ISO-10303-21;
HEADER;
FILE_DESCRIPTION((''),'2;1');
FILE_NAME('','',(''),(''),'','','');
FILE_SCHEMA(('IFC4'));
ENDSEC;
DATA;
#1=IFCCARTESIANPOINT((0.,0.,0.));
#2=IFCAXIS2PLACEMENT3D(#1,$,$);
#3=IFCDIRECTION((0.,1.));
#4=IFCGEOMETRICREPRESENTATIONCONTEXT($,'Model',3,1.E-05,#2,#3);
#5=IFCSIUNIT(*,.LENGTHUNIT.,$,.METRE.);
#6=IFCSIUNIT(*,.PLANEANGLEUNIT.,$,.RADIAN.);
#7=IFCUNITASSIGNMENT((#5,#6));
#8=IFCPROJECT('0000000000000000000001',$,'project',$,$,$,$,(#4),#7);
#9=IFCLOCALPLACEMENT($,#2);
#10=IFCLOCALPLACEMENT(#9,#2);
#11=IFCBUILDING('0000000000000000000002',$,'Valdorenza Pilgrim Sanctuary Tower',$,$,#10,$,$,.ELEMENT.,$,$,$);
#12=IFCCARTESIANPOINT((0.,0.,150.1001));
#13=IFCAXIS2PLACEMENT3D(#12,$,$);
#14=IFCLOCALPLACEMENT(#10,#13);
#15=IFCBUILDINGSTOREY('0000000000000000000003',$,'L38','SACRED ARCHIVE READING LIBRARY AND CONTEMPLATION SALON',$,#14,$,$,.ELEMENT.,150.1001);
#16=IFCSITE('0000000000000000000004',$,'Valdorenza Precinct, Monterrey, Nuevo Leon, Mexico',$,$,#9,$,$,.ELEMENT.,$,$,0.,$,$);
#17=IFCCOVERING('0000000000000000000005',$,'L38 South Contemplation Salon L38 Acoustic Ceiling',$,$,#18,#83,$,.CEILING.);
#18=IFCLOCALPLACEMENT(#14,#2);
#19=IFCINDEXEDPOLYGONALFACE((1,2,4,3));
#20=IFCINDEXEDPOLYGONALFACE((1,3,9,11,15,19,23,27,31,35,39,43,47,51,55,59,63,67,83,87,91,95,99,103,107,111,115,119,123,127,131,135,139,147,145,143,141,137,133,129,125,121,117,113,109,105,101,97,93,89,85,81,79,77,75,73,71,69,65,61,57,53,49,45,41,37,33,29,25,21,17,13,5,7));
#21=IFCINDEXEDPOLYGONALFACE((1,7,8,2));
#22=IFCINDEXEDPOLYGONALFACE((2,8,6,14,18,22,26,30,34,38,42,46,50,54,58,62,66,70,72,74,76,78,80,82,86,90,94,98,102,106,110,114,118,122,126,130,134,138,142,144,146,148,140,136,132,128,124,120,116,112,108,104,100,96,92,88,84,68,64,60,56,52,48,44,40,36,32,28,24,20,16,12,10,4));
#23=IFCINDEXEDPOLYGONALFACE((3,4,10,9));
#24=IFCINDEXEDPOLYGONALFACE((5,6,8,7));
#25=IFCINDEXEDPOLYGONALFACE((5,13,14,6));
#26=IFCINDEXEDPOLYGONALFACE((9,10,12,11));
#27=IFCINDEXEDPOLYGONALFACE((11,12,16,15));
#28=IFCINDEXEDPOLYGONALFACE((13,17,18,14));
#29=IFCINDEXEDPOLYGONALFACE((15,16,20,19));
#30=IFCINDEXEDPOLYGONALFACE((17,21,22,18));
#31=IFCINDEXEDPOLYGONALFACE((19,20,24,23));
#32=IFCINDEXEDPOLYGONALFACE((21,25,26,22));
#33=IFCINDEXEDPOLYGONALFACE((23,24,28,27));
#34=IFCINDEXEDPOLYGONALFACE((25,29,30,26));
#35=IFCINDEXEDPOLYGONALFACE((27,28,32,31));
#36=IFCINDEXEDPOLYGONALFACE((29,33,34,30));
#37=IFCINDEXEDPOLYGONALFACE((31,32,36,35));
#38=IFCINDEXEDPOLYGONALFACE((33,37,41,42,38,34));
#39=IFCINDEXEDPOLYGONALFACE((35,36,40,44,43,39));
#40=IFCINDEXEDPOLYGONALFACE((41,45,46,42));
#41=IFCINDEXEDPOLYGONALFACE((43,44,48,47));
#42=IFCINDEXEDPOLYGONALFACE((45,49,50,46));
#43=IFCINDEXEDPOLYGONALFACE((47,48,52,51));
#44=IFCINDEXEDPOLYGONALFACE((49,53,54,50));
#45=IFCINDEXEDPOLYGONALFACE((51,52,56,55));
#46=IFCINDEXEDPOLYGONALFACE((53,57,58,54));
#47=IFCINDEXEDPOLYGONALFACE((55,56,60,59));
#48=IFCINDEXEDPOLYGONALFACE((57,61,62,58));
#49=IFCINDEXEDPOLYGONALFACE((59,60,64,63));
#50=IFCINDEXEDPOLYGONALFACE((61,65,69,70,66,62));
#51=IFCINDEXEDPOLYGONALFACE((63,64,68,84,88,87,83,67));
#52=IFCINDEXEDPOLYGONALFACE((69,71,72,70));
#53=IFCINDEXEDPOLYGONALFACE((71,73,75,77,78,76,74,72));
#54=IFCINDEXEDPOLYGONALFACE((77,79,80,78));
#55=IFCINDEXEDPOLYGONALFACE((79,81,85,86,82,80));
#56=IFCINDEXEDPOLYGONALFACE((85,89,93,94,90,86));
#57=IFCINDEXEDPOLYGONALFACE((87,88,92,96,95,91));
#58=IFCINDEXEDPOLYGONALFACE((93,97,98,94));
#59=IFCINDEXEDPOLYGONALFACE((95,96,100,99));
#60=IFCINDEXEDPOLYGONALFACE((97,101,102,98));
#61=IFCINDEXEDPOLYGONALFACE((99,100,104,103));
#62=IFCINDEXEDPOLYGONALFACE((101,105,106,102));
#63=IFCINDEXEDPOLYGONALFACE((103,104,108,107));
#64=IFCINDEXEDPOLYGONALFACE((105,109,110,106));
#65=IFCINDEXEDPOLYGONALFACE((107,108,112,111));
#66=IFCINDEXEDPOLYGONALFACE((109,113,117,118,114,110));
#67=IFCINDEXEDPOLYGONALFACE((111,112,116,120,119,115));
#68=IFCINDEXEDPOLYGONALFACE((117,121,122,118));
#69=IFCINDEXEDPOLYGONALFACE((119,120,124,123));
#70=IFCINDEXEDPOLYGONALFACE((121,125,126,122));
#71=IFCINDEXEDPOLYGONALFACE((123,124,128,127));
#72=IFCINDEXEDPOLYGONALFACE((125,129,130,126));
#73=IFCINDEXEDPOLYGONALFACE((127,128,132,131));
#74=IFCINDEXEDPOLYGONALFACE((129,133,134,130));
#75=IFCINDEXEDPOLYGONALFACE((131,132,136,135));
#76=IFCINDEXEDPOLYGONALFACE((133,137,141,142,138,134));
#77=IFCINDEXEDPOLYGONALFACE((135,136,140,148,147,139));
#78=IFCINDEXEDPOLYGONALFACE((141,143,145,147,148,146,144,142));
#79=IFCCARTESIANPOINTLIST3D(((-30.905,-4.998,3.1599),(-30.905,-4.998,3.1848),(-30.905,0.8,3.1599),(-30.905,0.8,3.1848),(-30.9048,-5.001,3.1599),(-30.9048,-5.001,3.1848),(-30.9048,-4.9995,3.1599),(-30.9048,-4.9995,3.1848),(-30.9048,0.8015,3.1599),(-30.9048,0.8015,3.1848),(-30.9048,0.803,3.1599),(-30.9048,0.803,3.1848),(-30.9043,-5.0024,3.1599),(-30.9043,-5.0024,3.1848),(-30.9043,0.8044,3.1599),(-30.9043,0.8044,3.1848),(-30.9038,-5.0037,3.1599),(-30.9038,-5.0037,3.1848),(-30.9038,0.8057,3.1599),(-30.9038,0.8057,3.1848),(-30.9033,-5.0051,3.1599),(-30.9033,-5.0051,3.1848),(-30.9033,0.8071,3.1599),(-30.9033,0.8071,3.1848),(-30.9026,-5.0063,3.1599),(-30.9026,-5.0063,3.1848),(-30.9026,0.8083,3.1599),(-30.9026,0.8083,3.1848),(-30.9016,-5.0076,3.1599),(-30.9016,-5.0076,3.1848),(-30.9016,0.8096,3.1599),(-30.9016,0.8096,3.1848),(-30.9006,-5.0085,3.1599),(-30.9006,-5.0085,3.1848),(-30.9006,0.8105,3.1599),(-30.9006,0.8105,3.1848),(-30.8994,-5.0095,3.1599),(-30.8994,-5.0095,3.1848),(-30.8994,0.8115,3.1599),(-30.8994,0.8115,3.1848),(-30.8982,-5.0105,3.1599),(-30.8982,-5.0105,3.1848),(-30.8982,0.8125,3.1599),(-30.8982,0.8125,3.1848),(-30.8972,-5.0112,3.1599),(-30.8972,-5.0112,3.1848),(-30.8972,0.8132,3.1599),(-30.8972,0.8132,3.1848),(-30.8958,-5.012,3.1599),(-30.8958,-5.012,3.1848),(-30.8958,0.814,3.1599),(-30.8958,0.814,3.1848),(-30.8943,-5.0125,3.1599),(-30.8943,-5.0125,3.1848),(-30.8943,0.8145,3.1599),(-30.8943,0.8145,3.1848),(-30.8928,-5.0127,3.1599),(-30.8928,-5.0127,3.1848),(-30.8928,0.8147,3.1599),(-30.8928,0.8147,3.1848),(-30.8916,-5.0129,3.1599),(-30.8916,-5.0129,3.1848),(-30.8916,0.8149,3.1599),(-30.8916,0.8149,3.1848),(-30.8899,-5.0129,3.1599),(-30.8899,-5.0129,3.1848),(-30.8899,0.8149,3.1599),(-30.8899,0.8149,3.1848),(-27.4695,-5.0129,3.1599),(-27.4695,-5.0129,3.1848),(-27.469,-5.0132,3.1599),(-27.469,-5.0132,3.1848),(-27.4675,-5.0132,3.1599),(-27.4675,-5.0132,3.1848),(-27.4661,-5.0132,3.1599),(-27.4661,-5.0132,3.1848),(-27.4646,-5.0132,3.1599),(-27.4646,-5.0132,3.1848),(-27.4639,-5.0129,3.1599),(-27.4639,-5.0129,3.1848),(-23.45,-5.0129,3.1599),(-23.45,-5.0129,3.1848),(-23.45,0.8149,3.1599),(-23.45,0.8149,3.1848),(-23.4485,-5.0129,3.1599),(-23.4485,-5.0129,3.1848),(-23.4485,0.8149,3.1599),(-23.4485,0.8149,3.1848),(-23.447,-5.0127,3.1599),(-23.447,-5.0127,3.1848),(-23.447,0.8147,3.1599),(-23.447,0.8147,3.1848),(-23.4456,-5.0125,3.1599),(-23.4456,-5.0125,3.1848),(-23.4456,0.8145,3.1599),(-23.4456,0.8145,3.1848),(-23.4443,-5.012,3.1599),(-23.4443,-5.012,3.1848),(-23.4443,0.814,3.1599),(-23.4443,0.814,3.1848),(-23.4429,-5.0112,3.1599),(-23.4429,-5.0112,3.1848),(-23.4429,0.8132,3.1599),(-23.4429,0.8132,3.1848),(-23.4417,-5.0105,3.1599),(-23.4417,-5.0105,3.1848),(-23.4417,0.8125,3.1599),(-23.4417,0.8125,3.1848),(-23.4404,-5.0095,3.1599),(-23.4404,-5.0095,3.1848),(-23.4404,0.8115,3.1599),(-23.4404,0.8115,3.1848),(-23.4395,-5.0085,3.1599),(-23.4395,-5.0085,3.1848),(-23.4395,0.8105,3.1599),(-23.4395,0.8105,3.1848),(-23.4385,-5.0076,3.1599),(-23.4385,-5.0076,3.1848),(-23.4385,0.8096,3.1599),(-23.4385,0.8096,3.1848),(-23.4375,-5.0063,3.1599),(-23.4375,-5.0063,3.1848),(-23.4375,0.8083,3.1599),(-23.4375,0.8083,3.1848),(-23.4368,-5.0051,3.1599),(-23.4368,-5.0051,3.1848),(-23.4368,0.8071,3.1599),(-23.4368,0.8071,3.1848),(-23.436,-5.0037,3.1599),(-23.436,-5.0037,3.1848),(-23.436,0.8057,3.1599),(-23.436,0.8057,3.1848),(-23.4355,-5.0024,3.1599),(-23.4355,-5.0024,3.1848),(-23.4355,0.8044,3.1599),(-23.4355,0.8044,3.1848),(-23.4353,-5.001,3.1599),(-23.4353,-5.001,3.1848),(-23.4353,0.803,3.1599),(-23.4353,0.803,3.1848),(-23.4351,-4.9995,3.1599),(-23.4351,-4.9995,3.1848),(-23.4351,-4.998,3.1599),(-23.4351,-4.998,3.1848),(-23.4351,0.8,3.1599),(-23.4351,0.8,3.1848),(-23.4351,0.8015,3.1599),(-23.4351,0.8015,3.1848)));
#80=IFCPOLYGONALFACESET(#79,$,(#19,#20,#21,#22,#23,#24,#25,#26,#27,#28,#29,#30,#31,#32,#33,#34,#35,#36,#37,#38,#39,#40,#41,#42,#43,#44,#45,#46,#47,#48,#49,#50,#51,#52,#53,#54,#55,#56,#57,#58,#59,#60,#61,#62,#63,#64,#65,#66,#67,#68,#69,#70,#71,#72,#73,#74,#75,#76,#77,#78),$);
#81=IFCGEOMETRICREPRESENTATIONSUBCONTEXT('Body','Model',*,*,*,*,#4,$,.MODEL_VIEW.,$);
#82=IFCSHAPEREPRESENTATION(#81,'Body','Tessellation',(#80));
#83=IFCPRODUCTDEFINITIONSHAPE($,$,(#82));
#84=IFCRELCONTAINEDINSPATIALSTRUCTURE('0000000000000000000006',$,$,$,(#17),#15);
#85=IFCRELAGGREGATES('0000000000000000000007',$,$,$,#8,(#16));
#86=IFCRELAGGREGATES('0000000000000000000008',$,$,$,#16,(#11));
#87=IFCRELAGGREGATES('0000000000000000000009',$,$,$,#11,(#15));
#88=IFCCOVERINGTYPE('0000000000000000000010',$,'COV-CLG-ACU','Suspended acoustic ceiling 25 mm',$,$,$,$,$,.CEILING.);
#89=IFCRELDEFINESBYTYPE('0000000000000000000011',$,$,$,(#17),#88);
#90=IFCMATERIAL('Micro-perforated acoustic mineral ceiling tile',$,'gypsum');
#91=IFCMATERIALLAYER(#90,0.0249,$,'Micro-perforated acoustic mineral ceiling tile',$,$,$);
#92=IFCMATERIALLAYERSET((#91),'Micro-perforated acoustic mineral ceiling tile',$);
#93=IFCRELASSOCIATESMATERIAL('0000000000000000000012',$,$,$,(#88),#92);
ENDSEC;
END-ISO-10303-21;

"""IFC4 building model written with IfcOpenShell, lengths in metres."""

from ifc_helpers import new_model, si_unit, direction, frame, origin, place, context, subcontext, project, spatial, polyline, outline, extrude, material, layer, layer_set, type_object, element, save


model = new_model("IFC4")

# Units and contexts
model_context = context("Model", 3, precision=1e-05, world=origin(), true_north=direction((0.0, 1.0)))
body_context = subcontext(model_context, "Body", "Model", "MODEL_VIEW")
ifc_project = project(units=[si_unit("LENGTHUNIT", "METRE"), si_unit("PLANEANGLEUNIT", "RADIAN")], contexts=[model_context])

# Site, building, storey
site_placement = place(None, origin())
site = spatial("IfcSite", under=ifc_project, at=site_placement, Name="Valdorenza Precinct, Monterrey, Nuevo Leon, Mexico", CompositionType="ELEMENT", RefElevation=0.0)
building_placement = place(site_placement, origin())
building = spatial("IfcBuilding", under=site, at=building_placement, Name="Valdorenza Pilgrim Sanctuary Tower", CompositionType="ELEMENT")
storey_placement = place(building_placement, frame((0.0, 0.0, 150.1001)))
storey = spatial("IfcBuildingStorey", under=building, at=storey_placement, Name="L38", Description="SACRED ARCHIVE READING LIBRARY AND CONTEMPLATION SALON", CompositionType="ELEMENT", Elevation=150.1001)

# Covering
ifc_material_1 = material(Name="Micro-perforated acoustic mineral ceiling tile", Category="gypsum")
ifc_layer_1 = layer(ifc_material_1, 0.0249, Name="Micro-perforated acoustic mineral ceiling tile")
ifc_layer_set_1 = layer_set([ifc_layer_1], Name="Micro-perforated acoustic mineral ceiling tile")
covering_type_1 = type_object("IfcCoveringType", Name="COV-CLG-ACU", Description="Suspended acoustic ceiling 25 mm", PredefinedType="CEILING", material=ifc_layer_set_1)
covering_1_placement = place(storey_placement, frame((0.0, 0.0, 3.1599)))
element("IfcCovering", 1, at=covering_1_placement, inside=storey, type_object=covering_type_1, Name="L38 South Contemplation Salon L38 Acoustic Ceiling", PredefinedType="CEILING", context=body_context, shape_type="SweptSolid", body=[
    extrude(outline(polyline([(-27.4695, -5.0129), (-30.8899, -5.0129), (-30.8916, -5.0129), (-30.8928, -5.0127), (-30.8943, -5.0125), (-30.8958, -5.012), (-30.8972, -5.0112), (-30.8982, -5.0105), (-30.8994, -5.0095), (-30.9006, -5.0085), (-30.9016, -5.0076), (-30.9026, -5.0063), (-30.9033, -5.0051), (-30.9038, -5.0037), (-30.9043, -5.0024), (-30.9048, -5.001), (-30.9048, -4.9995), (-30.905, -4.998), (-30.905, 0.8), (-30.9048, 0.8015), (-30.9048, 0.803), (-30.9043, 0.8044), (-30.9038, 0.8057), (-30.9033, 0.8071), (-30.9026, 0.8083), (-30.9016, 0.8096), (-30.9006, 0.8105), (-30.8994, 0.8115), (-30.8982, 0.8125), (-30.8972, 0.8132), (-30.8958, 0.814), (-30.8943, 0.8145), (-30.8928, 0.8147), (-30.8916, 0.8149), (-30.8899, 0.8149), (-23.45, 0.8149), (-23.4485, 0.8149), (-23.447, 0.8147), (-23.4456, 0.8145), (-23.4443, 0.814), (-23.4429, 0.8132), (-23.4417, 0.8125), (-23.4404, 0.8115), (-23.4395, 0.8105), (-23.4385, 0.8096), (-23.4375, 0.8083), (-23.4368, 0.8071), (-23.436, 0.8057), (-23.4355, 0.8044), (-23.4353, 0.803), (-23.4351, 0.8015), (-23.4351, 0.8), (-23.4351, -4.998), (-23.4351, -4.9995), (-23.4353, -5.001), (-23.4355, -5.0024), (-23.436, -5.0037), (-23.4368, -5.0051), (-23.4375, -5.0063), (-23.4385, -5.0076), (-23.4395, -5.0085), (-23.4404, -5.0095), (-23.4417, -5.0105), (-23.4429, -5.0112), (-23.4443, -5.012), (-23.4456, -5.0125), (-23.447, -5.0127), (-23.4485, -5.0129), (-23.45, -5.0129), (-27.4639, -5.0129), (-27.4646, -5.0132), (-27.4661, -5.0132), (-27.4675, -5.0132), (-27.469, -5.0132), (-27.4695, -5.0129)])), origin(), (0.0, 0.0, 1.0), 0.0249),
])

save(model, "model.ifc")
